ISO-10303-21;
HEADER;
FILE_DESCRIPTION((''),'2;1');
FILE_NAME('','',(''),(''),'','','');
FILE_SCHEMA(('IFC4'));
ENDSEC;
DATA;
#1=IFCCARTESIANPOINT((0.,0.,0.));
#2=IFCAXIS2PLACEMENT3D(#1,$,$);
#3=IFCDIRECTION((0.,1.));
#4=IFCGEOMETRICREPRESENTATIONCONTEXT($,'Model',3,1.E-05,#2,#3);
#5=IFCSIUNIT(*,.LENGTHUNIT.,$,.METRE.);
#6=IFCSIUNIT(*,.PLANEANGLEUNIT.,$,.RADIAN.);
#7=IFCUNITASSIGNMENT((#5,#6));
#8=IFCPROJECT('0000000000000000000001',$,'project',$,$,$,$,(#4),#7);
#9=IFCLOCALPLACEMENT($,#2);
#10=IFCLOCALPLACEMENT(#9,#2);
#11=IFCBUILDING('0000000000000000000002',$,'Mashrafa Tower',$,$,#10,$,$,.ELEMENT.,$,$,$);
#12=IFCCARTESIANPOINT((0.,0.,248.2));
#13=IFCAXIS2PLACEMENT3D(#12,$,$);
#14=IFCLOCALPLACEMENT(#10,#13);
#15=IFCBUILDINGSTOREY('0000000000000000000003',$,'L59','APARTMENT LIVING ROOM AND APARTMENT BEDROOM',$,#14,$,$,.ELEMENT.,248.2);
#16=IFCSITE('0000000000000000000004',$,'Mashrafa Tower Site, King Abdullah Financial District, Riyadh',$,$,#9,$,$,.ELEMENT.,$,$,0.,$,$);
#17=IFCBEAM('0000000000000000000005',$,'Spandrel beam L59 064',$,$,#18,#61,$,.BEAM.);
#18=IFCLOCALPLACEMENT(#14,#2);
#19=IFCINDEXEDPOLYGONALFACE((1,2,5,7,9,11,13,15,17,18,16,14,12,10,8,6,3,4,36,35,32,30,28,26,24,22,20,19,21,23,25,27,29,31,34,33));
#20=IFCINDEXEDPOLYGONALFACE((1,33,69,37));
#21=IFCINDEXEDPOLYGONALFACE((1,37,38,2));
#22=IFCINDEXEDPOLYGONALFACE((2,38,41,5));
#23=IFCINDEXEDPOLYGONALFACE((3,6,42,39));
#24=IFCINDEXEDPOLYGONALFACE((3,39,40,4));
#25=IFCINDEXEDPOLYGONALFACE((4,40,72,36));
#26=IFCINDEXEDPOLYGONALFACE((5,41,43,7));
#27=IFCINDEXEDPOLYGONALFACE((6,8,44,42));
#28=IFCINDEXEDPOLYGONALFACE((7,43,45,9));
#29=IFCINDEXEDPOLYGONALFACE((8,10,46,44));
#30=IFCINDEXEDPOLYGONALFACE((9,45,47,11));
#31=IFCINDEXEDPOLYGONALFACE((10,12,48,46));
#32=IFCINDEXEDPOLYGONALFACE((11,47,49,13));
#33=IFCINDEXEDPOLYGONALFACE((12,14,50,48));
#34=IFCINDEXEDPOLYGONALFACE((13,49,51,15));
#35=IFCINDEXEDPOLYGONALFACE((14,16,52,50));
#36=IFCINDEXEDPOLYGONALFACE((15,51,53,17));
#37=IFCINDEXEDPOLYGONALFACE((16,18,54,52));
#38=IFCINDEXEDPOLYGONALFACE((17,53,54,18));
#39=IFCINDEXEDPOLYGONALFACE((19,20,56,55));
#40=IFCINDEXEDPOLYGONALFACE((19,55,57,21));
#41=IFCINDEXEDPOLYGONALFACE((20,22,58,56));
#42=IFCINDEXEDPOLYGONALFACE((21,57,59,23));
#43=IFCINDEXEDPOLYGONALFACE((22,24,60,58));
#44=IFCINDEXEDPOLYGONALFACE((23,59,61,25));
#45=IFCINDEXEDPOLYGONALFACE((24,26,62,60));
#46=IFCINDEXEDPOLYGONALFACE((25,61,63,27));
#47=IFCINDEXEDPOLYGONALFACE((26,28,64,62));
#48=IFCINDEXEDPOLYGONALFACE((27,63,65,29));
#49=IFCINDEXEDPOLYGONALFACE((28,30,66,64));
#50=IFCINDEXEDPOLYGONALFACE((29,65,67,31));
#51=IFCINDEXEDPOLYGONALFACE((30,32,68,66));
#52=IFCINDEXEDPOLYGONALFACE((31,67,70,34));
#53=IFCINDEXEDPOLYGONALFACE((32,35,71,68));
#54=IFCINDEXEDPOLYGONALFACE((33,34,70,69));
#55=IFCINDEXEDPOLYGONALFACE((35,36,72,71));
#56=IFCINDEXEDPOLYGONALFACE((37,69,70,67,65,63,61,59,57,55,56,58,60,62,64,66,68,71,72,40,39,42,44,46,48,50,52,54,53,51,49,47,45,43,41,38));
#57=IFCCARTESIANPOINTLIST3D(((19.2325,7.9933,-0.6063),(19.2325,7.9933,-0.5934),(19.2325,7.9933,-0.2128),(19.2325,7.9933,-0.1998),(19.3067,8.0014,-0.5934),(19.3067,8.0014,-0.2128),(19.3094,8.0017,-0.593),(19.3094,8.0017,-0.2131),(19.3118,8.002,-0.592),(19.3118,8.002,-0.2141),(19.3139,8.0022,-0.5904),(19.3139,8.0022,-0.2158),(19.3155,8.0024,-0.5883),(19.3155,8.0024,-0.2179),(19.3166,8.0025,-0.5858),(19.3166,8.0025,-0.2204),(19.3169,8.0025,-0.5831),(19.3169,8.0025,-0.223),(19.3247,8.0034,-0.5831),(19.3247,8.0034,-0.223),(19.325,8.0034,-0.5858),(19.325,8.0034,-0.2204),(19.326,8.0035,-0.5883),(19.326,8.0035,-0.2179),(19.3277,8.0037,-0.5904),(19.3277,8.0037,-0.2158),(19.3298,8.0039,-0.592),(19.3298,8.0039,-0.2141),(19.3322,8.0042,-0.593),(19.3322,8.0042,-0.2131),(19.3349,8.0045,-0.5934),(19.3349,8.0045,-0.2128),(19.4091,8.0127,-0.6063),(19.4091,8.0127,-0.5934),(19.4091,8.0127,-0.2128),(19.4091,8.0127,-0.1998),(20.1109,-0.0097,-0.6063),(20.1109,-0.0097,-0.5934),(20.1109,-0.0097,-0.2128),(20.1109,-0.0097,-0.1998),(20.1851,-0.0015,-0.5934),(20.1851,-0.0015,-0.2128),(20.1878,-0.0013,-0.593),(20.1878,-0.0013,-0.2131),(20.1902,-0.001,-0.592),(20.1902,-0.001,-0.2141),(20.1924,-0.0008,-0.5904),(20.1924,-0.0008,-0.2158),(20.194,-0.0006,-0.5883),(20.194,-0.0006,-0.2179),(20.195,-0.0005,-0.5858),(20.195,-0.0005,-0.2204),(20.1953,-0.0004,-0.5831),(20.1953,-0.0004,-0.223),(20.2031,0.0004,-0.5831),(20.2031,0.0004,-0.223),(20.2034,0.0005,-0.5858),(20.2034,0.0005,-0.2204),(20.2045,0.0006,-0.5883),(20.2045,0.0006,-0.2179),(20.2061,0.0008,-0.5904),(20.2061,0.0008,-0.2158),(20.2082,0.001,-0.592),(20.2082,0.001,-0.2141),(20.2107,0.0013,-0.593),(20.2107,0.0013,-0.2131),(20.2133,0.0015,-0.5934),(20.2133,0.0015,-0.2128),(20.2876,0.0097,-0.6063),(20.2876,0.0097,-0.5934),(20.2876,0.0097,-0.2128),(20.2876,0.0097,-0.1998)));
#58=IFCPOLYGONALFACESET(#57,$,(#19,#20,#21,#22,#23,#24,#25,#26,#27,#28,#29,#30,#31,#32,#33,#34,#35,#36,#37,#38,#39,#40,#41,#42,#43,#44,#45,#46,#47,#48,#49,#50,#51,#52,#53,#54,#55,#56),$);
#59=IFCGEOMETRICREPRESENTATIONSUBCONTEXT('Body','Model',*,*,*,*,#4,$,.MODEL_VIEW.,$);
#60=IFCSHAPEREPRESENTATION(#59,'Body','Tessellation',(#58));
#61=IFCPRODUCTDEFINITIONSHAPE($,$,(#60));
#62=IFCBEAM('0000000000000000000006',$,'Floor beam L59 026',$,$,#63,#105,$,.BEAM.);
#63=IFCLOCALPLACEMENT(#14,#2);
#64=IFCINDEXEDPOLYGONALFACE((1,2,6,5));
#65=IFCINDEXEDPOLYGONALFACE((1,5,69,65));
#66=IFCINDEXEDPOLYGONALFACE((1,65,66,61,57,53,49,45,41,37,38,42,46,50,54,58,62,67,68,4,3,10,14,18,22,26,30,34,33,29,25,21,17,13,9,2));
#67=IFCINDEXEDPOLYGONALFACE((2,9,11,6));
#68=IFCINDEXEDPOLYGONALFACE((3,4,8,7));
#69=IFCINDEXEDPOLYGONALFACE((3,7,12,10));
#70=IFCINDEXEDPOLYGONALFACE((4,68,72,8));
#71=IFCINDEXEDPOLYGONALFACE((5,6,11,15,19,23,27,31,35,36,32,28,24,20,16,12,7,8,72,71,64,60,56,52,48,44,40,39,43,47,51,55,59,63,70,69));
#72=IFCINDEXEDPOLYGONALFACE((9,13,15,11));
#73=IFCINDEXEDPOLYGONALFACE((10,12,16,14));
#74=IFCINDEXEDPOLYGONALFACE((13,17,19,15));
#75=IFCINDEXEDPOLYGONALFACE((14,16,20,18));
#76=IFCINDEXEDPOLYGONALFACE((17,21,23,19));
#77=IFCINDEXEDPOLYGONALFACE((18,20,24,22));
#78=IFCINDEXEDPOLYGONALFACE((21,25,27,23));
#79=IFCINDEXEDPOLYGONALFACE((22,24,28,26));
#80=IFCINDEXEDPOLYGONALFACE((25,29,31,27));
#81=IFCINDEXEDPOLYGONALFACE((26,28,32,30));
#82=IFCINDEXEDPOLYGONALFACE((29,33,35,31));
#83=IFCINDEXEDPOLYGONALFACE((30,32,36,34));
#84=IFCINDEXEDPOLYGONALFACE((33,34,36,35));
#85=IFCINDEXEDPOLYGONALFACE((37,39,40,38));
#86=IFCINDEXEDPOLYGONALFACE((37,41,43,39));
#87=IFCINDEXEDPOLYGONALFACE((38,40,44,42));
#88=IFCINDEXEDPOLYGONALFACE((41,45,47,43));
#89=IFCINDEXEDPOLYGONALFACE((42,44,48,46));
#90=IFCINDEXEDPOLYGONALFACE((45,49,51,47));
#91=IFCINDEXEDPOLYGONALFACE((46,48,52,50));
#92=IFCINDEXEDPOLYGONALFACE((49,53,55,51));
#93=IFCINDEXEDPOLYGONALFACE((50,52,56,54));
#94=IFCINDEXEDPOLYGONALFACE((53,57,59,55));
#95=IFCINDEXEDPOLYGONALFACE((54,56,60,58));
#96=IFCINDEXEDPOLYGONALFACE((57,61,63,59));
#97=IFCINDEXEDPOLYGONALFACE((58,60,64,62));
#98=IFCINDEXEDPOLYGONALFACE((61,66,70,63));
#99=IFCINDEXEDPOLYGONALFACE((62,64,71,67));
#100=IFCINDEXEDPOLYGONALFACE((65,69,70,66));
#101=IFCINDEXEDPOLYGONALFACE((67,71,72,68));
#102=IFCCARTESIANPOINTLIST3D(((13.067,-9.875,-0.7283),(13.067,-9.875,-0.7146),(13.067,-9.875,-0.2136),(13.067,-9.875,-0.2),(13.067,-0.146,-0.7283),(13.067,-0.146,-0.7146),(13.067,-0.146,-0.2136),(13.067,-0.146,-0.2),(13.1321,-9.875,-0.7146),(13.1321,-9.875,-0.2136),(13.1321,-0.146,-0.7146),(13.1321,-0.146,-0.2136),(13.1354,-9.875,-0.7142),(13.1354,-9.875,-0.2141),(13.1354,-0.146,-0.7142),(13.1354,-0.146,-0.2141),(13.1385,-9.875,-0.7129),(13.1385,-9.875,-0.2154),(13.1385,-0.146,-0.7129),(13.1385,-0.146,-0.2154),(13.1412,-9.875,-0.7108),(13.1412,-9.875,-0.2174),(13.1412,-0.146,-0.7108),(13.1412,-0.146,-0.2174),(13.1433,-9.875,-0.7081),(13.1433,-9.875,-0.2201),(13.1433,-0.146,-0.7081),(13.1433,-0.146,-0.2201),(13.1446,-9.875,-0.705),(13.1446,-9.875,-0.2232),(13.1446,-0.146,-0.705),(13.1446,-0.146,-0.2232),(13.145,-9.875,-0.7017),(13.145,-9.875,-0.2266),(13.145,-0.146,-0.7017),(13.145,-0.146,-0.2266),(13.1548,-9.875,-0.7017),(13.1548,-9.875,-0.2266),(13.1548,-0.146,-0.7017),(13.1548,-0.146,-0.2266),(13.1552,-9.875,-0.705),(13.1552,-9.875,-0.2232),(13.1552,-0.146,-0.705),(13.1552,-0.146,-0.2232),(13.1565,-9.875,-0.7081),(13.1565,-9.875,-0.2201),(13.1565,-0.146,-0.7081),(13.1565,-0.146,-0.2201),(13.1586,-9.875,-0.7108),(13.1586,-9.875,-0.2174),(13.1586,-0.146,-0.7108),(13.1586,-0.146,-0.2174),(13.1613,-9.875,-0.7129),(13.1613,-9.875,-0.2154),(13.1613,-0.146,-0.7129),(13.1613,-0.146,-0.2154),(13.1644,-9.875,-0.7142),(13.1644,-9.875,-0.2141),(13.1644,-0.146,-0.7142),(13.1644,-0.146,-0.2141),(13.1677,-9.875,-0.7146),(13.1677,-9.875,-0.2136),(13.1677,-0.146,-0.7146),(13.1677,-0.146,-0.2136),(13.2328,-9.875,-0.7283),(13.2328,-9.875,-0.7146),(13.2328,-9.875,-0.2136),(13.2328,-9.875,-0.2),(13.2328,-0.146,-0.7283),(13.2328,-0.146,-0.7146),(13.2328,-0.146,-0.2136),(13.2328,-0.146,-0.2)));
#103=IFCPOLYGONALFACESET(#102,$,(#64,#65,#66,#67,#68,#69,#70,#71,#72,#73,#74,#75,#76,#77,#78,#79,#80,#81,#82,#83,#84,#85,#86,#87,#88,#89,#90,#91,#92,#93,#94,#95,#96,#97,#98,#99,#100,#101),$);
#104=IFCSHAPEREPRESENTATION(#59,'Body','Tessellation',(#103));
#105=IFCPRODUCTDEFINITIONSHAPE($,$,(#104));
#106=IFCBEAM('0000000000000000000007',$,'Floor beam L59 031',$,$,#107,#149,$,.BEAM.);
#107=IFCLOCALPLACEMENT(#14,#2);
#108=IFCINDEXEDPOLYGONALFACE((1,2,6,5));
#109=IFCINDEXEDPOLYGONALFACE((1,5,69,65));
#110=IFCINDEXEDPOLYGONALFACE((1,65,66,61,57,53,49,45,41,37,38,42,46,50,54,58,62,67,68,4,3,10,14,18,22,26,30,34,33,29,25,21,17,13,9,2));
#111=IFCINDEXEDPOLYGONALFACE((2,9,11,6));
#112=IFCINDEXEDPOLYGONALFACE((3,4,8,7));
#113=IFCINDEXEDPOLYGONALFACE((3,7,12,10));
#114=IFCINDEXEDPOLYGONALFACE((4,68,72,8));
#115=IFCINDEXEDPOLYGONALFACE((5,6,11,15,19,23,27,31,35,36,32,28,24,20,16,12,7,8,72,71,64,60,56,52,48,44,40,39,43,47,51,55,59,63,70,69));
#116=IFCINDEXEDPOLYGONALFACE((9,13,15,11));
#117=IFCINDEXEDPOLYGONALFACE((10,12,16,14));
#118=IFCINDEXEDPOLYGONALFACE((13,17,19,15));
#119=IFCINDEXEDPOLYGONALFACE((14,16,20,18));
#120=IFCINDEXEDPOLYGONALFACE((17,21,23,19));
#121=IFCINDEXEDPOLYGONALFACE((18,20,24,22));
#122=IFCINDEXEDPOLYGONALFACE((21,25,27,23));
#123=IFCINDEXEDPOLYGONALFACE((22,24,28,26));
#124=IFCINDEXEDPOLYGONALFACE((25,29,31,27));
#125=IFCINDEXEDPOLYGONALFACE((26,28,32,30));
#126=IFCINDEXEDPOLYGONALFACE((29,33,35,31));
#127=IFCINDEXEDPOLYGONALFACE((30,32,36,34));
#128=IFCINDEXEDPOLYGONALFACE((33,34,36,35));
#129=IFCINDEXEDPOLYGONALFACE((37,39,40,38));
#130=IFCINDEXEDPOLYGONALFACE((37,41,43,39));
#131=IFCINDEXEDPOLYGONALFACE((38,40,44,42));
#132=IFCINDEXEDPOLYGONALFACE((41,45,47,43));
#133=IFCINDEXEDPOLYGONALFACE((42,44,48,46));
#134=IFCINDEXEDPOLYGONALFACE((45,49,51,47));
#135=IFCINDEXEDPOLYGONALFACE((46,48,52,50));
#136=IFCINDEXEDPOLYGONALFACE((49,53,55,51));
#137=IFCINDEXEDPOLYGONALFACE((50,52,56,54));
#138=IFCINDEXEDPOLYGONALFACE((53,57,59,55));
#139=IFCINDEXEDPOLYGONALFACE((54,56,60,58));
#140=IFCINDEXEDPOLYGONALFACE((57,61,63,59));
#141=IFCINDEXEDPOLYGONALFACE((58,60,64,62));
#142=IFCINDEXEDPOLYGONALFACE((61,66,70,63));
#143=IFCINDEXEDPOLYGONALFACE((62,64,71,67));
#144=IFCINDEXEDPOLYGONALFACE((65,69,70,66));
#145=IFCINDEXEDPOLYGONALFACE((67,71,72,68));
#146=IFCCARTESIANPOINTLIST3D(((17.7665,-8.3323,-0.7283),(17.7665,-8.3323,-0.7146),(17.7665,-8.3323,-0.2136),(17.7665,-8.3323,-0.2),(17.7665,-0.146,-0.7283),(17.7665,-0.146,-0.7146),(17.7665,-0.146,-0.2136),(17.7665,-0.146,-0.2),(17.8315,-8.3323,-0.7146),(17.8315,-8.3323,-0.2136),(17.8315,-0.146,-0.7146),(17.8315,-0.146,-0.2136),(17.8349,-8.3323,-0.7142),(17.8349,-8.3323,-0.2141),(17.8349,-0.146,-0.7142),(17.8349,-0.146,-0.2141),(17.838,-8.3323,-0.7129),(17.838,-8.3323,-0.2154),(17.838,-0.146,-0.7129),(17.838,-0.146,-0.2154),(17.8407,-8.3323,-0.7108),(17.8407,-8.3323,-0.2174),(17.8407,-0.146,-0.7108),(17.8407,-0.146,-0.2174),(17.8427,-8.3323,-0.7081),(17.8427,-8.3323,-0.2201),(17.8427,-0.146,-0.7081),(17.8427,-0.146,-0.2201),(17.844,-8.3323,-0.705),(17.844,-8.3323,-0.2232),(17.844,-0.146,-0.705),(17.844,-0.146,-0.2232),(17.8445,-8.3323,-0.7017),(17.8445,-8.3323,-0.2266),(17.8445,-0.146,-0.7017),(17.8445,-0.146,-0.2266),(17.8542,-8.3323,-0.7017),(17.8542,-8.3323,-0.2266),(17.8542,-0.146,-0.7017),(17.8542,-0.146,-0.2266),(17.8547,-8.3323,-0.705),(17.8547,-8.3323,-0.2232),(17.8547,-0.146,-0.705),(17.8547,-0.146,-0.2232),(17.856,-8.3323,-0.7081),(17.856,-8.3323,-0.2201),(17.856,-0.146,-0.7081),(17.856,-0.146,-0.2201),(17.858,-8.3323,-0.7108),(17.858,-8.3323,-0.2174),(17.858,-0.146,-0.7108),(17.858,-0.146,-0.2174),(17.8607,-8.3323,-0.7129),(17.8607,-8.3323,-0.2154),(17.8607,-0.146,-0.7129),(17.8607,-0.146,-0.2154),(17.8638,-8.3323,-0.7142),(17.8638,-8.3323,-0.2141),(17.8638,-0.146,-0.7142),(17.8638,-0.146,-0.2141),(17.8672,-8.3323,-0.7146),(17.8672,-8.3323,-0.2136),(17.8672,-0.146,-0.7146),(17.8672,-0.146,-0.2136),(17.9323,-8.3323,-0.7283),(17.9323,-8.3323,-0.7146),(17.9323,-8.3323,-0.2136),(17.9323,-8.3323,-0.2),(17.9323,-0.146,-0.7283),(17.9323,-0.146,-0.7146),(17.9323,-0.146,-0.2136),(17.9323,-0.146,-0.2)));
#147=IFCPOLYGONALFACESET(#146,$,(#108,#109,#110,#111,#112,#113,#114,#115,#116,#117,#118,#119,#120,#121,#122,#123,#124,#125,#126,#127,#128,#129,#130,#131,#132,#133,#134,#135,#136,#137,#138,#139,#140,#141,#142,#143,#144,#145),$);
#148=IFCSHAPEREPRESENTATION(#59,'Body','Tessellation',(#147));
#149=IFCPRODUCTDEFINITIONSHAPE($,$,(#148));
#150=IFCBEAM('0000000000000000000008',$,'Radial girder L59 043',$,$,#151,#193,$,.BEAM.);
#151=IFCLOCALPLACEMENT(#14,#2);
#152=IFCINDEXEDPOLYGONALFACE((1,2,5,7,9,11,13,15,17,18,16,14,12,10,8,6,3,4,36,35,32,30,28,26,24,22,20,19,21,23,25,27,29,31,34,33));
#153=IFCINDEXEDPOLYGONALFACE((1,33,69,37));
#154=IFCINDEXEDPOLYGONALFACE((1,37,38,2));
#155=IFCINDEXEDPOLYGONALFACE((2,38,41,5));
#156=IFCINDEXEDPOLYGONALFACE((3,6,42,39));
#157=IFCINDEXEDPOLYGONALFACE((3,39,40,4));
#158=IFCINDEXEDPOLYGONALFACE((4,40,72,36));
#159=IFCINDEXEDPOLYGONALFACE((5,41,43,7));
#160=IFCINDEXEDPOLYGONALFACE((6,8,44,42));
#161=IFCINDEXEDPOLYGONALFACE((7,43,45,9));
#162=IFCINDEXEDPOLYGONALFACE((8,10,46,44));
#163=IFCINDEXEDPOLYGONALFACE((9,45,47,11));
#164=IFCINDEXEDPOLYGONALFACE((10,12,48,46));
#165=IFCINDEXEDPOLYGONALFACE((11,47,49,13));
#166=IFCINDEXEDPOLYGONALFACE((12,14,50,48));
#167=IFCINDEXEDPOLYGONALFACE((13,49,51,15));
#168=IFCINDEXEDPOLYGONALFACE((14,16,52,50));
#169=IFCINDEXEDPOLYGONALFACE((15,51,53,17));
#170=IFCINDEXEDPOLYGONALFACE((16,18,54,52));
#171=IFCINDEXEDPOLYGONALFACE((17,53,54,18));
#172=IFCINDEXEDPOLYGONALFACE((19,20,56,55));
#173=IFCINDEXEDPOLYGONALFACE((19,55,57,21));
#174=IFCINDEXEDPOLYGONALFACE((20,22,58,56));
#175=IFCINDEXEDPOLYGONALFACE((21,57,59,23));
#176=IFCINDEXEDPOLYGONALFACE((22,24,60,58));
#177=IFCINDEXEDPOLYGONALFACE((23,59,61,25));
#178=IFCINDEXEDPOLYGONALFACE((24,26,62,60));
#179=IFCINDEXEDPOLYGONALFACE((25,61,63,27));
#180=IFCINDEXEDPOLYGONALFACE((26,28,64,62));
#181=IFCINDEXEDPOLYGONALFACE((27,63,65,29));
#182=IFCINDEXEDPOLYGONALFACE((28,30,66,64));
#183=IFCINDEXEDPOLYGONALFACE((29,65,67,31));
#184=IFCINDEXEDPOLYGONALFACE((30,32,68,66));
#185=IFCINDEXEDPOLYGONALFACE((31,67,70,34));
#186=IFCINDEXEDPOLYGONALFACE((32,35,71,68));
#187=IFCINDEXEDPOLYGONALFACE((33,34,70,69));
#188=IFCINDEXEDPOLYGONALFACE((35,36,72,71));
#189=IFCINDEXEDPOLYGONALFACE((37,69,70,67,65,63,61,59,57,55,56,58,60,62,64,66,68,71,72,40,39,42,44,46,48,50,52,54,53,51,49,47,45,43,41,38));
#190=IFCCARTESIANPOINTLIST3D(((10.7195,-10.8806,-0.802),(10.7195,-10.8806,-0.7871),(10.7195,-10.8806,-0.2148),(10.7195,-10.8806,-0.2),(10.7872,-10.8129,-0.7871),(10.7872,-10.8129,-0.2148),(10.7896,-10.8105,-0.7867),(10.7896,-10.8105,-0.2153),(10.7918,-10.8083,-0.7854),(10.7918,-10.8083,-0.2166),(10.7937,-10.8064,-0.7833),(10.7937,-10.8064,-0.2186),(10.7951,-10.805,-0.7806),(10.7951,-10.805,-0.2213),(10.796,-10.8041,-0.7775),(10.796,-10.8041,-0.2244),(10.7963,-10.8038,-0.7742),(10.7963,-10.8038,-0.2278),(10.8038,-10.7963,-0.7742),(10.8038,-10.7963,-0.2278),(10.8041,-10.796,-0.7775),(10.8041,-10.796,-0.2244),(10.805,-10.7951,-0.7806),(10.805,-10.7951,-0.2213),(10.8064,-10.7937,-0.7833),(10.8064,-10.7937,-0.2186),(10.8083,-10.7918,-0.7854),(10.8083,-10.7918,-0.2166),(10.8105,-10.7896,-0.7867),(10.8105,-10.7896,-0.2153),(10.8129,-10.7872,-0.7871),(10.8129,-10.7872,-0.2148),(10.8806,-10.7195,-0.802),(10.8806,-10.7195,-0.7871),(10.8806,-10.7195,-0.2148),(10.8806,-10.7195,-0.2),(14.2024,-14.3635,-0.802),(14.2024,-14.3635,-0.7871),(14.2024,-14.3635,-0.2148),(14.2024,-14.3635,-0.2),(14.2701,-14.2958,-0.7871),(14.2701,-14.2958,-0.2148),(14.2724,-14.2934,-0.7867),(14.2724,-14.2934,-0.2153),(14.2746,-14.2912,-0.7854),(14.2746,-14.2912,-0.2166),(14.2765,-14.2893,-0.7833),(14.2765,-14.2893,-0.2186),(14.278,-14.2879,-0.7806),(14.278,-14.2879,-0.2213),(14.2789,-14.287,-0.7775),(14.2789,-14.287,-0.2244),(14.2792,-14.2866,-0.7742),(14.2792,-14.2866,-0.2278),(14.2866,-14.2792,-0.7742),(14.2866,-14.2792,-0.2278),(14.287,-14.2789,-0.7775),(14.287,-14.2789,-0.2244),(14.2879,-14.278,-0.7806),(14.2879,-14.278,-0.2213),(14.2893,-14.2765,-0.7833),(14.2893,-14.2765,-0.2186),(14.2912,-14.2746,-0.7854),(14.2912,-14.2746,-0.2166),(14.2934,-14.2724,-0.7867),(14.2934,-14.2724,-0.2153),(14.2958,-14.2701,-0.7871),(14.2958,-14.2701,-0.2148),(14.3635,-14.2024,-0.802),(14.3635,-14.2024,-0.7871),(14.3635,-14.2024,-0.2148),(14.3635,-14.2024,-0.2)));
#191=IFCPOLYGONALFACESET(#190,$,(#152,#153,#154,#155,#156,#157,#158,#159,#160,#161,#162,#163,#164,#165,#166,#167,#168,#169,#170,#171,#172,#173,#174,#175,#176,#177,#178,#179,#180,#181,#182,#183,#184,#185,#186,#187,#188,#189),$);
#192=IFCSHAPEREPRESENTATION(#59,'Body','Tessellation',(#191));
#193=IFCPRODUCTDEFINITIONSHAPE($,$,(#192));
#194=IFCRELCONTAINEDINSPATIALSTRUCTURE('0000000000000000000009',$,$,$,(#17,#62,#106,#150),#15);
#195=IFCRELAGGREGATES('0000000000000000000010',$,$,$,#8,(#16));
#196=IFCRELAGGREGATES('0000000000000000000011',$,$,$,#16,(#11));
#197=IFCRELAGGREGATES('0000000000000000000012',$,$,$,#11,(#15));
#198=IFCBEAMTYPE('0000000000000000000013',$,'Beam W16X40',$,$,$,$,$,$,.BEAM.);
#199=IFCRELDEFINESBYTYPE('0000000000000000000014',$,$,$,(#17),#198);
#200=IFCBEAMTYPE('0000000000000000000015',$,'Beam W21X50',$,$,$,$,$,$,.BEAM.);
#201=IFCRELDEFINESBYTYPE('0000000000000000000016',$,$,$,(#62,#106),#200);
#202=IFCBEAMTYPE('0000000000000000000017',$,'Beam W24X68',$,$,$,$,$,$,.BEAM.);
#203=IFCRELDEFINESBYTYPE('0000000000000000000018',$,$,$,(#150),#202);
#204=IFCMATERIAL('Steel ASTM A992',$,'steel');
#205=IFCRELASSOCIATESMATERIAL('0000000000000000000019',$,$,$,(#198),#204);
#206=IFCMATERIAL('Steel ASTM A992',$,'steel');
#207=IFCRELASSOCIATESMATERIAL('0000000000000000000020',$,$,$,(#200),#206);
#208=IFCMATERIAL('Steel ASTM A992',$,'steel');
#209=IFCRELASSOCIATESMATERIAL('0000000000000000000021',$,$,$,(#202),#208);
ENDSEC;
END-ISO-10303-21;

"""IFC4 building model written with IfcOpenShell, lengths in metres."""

from ifc_helpers import new_model, si_unit, direction, frame, origin, origin_2d, place, context, subcontext, project, spatial, i_section, extrude, material, material_profile, profile_set, type_object, element, save


model = new_model("IFC4")

# Units and contexts
model_context = context("Model", 3, precision=1e-05, world=origin(), true_north=direction((0.0, 1.0)))
body_context = subcontext(model_context, "Body", "Model", "MODEL_VIEW")
ifc_project = project(units=[si_unit("LENGTHUNIT", "METRE"), si_unit("PLANEANGLEUNIT", "RADIAN")], contexts=[model_context])

# Site, building, storey
site_placement = place(None, origin())
site = spatial("IfcSite", under=ifc_project, at=site_placement, Name="Mashrafa Tower Site, King Abdullah Financial District, Riyadh", CompositionType="ELEMENT", RefElevation=0.0)
building_placement = place(site_placement, origin())
building = spatial("IfcBuilding", under=site, at=building_placement, Name="Mashrafa Tower", CompositionType="ELEMENT")
storey_placement = place(building_placement, frame((0.0, 0.0, 248.2)))
storey = spatial("IfcBuildingStorey", under=building, at=storey_placement, Name="L59", Description="APARTMENT LIVING ROOM AND APARTMENT BEDROOM", CompositionType="ELEMENT", Elevation=248.2)

# Beams
ifc_material_1 = material(Name="Steel ASTM A992", Category="steel")
ifc_material_profile_1 = material_profile(ifc_material_1, i_section(OverallWidth=0.1777, OverallDepth=0.4065, WebThickness=0.0078, FlangeThickness=0.0129, FilletRadius=0.0103, at=origin_2d()), Name="W16X40")
ifc_profile_set_1 = profile_set([ifc_material_profile_1], Name="Steel ASTM A992")
beam_type_1 = type_object("IfcBeamType", Name="Beam W16X40", PredefinedType="BEAM", material=ifc_profile_set_1)
for number, where, z_axis, x_axis, name in (
    (1, (20.1992, 0.0, -0.4031), (-0.109107, 0.99403, 0.0), (-0.99403, -0.109107, 0.0), "Spandrel beam L59 064"),
):
    element("IfcBeam", number, at=place(storey_placement, frame(where, z_axis=z_axis, x_axis=x_axis)), inside=storey, type_object=beam_type_1, Name=name, PredefinedType="BEAM", context=body_context, shape_type="SweptSolid", body=[
        extrude(i_section(OverallWidth=0.1777, OverallDepth=0.4065, WebThickness=0.0078, FlangeThickness=0.0129, FilletRadius=0.0103, at=origin_2d()), origin(), (0.0, 0.0, 1.0), 8.051),
    ])
ifc_material_2 = material(Name="Steel ASTM A992", Category="steel")
ifc_material_profile_2 = material_profile(ifc_material_2, i_section(OverallWidth=0.1658, OverallDepth=0.5283, WebThickness=0.0098, FlangeThickness=0.0137, FilletRadius=0.0129, at=origin_2d()), Name="W21X50")
ifc_profile_set_2 = profile_set([ifc_material_profile_2], Name="Steel ASTM A992")
beam_type_2 = type_object("IfcBeamType", Name="Beam W21X50", PredefinedType="BEAM", material=ifc_profile_set_2)
beam_1_placement = place(storey_placement, frame((13.1499, -0.146, -0.4641), z_axis=(0.0, -1.0, 0.0), x_axis=(1.0, 0.0, 0.0)))
element("IfcBeam", 2, at=beam_1_placement, inside=storey, type_object=beam_type_2, Name="Floor beam L59 026", PredefinedType="BEAM", context=body_context, shape_type="SweptSolid", body=[
    extrude(i_section(OverallWidth=0.1658, OverallDepth=0.5283, WebThickness=0.0098, FlangeThickness=0.0137, FilletRadius=0.0129, at=origin_2d()), origin(), (0.0, 0.0, 1.0), 9.729),
])
beam_2_placement = place(storey_placement, frame((17.8494, -0.146, -0.4641), z_axis=(0.0, -1.0, 0.0), x_axis=(1.0, 0.0, 0.0)))
element("IfcBeam", 3, at=beam_2_placement, inside=storey, type_object=beam_type_2, Name="Floor beam L59 031", PredefinedType="BEAM", context=body_context, shape_type="SweptSolid", body=[
    extrude(i_section(OverallWidth=0.1658, OverallDepth=0.5283, WebThickness=0.0098, FlangeThickness=0.0137, FilletRadius=0.0129, at=origin_2d()), origin(), (0.0, 0.0, 1.0), 8.1863),
])
ifc_material_3 = material(Name="Steel ASTM A992", Category="steel")
ifc_material_profile_3 = material_profile(ifc_material_3, i_section(OverallWidth=0.2278, OverallDepth=0.6021, WebThickness=0.0105, FlangeThickness=0.0149, FilletRadius=0.0129, at=origin_2d()), Name="W24X68")
ifc_profile_set_3 = profile_set([ifc_material_profile_3], Name="Steel ASTM A992")
beam_type_3 = type_object("IfcBeamType", Name="Beam W24X68", PredefinedType="BEAM", material=ifc_profile_set_3)
beam_3_placement = place(storey_placement, frame((10.8, -10.8, -0.501), z_axis=(0.707107, -0.707107, 0.0), x_axis=(0.707107, 0.707107, 0.0)))
element("IfcBeam", 4, at=beam_3_placement, inside=storey, type_object=beam_type_3, Name="Radial girder L59 043", PredefinedType="BEAM", context=body_context, shape_type="SweptSolid", body=[
    extrude(i_section(OverallWidth=0.2278, OverallDepth=0.6021, WebThickness=0.0105, FlangeThickness=0.0149, FilletRadius=0.0129, at=origin_2d()), origin(), (0.0, 0.0, 1.0), 4.9255),
])

save(model, "model.ifc")
